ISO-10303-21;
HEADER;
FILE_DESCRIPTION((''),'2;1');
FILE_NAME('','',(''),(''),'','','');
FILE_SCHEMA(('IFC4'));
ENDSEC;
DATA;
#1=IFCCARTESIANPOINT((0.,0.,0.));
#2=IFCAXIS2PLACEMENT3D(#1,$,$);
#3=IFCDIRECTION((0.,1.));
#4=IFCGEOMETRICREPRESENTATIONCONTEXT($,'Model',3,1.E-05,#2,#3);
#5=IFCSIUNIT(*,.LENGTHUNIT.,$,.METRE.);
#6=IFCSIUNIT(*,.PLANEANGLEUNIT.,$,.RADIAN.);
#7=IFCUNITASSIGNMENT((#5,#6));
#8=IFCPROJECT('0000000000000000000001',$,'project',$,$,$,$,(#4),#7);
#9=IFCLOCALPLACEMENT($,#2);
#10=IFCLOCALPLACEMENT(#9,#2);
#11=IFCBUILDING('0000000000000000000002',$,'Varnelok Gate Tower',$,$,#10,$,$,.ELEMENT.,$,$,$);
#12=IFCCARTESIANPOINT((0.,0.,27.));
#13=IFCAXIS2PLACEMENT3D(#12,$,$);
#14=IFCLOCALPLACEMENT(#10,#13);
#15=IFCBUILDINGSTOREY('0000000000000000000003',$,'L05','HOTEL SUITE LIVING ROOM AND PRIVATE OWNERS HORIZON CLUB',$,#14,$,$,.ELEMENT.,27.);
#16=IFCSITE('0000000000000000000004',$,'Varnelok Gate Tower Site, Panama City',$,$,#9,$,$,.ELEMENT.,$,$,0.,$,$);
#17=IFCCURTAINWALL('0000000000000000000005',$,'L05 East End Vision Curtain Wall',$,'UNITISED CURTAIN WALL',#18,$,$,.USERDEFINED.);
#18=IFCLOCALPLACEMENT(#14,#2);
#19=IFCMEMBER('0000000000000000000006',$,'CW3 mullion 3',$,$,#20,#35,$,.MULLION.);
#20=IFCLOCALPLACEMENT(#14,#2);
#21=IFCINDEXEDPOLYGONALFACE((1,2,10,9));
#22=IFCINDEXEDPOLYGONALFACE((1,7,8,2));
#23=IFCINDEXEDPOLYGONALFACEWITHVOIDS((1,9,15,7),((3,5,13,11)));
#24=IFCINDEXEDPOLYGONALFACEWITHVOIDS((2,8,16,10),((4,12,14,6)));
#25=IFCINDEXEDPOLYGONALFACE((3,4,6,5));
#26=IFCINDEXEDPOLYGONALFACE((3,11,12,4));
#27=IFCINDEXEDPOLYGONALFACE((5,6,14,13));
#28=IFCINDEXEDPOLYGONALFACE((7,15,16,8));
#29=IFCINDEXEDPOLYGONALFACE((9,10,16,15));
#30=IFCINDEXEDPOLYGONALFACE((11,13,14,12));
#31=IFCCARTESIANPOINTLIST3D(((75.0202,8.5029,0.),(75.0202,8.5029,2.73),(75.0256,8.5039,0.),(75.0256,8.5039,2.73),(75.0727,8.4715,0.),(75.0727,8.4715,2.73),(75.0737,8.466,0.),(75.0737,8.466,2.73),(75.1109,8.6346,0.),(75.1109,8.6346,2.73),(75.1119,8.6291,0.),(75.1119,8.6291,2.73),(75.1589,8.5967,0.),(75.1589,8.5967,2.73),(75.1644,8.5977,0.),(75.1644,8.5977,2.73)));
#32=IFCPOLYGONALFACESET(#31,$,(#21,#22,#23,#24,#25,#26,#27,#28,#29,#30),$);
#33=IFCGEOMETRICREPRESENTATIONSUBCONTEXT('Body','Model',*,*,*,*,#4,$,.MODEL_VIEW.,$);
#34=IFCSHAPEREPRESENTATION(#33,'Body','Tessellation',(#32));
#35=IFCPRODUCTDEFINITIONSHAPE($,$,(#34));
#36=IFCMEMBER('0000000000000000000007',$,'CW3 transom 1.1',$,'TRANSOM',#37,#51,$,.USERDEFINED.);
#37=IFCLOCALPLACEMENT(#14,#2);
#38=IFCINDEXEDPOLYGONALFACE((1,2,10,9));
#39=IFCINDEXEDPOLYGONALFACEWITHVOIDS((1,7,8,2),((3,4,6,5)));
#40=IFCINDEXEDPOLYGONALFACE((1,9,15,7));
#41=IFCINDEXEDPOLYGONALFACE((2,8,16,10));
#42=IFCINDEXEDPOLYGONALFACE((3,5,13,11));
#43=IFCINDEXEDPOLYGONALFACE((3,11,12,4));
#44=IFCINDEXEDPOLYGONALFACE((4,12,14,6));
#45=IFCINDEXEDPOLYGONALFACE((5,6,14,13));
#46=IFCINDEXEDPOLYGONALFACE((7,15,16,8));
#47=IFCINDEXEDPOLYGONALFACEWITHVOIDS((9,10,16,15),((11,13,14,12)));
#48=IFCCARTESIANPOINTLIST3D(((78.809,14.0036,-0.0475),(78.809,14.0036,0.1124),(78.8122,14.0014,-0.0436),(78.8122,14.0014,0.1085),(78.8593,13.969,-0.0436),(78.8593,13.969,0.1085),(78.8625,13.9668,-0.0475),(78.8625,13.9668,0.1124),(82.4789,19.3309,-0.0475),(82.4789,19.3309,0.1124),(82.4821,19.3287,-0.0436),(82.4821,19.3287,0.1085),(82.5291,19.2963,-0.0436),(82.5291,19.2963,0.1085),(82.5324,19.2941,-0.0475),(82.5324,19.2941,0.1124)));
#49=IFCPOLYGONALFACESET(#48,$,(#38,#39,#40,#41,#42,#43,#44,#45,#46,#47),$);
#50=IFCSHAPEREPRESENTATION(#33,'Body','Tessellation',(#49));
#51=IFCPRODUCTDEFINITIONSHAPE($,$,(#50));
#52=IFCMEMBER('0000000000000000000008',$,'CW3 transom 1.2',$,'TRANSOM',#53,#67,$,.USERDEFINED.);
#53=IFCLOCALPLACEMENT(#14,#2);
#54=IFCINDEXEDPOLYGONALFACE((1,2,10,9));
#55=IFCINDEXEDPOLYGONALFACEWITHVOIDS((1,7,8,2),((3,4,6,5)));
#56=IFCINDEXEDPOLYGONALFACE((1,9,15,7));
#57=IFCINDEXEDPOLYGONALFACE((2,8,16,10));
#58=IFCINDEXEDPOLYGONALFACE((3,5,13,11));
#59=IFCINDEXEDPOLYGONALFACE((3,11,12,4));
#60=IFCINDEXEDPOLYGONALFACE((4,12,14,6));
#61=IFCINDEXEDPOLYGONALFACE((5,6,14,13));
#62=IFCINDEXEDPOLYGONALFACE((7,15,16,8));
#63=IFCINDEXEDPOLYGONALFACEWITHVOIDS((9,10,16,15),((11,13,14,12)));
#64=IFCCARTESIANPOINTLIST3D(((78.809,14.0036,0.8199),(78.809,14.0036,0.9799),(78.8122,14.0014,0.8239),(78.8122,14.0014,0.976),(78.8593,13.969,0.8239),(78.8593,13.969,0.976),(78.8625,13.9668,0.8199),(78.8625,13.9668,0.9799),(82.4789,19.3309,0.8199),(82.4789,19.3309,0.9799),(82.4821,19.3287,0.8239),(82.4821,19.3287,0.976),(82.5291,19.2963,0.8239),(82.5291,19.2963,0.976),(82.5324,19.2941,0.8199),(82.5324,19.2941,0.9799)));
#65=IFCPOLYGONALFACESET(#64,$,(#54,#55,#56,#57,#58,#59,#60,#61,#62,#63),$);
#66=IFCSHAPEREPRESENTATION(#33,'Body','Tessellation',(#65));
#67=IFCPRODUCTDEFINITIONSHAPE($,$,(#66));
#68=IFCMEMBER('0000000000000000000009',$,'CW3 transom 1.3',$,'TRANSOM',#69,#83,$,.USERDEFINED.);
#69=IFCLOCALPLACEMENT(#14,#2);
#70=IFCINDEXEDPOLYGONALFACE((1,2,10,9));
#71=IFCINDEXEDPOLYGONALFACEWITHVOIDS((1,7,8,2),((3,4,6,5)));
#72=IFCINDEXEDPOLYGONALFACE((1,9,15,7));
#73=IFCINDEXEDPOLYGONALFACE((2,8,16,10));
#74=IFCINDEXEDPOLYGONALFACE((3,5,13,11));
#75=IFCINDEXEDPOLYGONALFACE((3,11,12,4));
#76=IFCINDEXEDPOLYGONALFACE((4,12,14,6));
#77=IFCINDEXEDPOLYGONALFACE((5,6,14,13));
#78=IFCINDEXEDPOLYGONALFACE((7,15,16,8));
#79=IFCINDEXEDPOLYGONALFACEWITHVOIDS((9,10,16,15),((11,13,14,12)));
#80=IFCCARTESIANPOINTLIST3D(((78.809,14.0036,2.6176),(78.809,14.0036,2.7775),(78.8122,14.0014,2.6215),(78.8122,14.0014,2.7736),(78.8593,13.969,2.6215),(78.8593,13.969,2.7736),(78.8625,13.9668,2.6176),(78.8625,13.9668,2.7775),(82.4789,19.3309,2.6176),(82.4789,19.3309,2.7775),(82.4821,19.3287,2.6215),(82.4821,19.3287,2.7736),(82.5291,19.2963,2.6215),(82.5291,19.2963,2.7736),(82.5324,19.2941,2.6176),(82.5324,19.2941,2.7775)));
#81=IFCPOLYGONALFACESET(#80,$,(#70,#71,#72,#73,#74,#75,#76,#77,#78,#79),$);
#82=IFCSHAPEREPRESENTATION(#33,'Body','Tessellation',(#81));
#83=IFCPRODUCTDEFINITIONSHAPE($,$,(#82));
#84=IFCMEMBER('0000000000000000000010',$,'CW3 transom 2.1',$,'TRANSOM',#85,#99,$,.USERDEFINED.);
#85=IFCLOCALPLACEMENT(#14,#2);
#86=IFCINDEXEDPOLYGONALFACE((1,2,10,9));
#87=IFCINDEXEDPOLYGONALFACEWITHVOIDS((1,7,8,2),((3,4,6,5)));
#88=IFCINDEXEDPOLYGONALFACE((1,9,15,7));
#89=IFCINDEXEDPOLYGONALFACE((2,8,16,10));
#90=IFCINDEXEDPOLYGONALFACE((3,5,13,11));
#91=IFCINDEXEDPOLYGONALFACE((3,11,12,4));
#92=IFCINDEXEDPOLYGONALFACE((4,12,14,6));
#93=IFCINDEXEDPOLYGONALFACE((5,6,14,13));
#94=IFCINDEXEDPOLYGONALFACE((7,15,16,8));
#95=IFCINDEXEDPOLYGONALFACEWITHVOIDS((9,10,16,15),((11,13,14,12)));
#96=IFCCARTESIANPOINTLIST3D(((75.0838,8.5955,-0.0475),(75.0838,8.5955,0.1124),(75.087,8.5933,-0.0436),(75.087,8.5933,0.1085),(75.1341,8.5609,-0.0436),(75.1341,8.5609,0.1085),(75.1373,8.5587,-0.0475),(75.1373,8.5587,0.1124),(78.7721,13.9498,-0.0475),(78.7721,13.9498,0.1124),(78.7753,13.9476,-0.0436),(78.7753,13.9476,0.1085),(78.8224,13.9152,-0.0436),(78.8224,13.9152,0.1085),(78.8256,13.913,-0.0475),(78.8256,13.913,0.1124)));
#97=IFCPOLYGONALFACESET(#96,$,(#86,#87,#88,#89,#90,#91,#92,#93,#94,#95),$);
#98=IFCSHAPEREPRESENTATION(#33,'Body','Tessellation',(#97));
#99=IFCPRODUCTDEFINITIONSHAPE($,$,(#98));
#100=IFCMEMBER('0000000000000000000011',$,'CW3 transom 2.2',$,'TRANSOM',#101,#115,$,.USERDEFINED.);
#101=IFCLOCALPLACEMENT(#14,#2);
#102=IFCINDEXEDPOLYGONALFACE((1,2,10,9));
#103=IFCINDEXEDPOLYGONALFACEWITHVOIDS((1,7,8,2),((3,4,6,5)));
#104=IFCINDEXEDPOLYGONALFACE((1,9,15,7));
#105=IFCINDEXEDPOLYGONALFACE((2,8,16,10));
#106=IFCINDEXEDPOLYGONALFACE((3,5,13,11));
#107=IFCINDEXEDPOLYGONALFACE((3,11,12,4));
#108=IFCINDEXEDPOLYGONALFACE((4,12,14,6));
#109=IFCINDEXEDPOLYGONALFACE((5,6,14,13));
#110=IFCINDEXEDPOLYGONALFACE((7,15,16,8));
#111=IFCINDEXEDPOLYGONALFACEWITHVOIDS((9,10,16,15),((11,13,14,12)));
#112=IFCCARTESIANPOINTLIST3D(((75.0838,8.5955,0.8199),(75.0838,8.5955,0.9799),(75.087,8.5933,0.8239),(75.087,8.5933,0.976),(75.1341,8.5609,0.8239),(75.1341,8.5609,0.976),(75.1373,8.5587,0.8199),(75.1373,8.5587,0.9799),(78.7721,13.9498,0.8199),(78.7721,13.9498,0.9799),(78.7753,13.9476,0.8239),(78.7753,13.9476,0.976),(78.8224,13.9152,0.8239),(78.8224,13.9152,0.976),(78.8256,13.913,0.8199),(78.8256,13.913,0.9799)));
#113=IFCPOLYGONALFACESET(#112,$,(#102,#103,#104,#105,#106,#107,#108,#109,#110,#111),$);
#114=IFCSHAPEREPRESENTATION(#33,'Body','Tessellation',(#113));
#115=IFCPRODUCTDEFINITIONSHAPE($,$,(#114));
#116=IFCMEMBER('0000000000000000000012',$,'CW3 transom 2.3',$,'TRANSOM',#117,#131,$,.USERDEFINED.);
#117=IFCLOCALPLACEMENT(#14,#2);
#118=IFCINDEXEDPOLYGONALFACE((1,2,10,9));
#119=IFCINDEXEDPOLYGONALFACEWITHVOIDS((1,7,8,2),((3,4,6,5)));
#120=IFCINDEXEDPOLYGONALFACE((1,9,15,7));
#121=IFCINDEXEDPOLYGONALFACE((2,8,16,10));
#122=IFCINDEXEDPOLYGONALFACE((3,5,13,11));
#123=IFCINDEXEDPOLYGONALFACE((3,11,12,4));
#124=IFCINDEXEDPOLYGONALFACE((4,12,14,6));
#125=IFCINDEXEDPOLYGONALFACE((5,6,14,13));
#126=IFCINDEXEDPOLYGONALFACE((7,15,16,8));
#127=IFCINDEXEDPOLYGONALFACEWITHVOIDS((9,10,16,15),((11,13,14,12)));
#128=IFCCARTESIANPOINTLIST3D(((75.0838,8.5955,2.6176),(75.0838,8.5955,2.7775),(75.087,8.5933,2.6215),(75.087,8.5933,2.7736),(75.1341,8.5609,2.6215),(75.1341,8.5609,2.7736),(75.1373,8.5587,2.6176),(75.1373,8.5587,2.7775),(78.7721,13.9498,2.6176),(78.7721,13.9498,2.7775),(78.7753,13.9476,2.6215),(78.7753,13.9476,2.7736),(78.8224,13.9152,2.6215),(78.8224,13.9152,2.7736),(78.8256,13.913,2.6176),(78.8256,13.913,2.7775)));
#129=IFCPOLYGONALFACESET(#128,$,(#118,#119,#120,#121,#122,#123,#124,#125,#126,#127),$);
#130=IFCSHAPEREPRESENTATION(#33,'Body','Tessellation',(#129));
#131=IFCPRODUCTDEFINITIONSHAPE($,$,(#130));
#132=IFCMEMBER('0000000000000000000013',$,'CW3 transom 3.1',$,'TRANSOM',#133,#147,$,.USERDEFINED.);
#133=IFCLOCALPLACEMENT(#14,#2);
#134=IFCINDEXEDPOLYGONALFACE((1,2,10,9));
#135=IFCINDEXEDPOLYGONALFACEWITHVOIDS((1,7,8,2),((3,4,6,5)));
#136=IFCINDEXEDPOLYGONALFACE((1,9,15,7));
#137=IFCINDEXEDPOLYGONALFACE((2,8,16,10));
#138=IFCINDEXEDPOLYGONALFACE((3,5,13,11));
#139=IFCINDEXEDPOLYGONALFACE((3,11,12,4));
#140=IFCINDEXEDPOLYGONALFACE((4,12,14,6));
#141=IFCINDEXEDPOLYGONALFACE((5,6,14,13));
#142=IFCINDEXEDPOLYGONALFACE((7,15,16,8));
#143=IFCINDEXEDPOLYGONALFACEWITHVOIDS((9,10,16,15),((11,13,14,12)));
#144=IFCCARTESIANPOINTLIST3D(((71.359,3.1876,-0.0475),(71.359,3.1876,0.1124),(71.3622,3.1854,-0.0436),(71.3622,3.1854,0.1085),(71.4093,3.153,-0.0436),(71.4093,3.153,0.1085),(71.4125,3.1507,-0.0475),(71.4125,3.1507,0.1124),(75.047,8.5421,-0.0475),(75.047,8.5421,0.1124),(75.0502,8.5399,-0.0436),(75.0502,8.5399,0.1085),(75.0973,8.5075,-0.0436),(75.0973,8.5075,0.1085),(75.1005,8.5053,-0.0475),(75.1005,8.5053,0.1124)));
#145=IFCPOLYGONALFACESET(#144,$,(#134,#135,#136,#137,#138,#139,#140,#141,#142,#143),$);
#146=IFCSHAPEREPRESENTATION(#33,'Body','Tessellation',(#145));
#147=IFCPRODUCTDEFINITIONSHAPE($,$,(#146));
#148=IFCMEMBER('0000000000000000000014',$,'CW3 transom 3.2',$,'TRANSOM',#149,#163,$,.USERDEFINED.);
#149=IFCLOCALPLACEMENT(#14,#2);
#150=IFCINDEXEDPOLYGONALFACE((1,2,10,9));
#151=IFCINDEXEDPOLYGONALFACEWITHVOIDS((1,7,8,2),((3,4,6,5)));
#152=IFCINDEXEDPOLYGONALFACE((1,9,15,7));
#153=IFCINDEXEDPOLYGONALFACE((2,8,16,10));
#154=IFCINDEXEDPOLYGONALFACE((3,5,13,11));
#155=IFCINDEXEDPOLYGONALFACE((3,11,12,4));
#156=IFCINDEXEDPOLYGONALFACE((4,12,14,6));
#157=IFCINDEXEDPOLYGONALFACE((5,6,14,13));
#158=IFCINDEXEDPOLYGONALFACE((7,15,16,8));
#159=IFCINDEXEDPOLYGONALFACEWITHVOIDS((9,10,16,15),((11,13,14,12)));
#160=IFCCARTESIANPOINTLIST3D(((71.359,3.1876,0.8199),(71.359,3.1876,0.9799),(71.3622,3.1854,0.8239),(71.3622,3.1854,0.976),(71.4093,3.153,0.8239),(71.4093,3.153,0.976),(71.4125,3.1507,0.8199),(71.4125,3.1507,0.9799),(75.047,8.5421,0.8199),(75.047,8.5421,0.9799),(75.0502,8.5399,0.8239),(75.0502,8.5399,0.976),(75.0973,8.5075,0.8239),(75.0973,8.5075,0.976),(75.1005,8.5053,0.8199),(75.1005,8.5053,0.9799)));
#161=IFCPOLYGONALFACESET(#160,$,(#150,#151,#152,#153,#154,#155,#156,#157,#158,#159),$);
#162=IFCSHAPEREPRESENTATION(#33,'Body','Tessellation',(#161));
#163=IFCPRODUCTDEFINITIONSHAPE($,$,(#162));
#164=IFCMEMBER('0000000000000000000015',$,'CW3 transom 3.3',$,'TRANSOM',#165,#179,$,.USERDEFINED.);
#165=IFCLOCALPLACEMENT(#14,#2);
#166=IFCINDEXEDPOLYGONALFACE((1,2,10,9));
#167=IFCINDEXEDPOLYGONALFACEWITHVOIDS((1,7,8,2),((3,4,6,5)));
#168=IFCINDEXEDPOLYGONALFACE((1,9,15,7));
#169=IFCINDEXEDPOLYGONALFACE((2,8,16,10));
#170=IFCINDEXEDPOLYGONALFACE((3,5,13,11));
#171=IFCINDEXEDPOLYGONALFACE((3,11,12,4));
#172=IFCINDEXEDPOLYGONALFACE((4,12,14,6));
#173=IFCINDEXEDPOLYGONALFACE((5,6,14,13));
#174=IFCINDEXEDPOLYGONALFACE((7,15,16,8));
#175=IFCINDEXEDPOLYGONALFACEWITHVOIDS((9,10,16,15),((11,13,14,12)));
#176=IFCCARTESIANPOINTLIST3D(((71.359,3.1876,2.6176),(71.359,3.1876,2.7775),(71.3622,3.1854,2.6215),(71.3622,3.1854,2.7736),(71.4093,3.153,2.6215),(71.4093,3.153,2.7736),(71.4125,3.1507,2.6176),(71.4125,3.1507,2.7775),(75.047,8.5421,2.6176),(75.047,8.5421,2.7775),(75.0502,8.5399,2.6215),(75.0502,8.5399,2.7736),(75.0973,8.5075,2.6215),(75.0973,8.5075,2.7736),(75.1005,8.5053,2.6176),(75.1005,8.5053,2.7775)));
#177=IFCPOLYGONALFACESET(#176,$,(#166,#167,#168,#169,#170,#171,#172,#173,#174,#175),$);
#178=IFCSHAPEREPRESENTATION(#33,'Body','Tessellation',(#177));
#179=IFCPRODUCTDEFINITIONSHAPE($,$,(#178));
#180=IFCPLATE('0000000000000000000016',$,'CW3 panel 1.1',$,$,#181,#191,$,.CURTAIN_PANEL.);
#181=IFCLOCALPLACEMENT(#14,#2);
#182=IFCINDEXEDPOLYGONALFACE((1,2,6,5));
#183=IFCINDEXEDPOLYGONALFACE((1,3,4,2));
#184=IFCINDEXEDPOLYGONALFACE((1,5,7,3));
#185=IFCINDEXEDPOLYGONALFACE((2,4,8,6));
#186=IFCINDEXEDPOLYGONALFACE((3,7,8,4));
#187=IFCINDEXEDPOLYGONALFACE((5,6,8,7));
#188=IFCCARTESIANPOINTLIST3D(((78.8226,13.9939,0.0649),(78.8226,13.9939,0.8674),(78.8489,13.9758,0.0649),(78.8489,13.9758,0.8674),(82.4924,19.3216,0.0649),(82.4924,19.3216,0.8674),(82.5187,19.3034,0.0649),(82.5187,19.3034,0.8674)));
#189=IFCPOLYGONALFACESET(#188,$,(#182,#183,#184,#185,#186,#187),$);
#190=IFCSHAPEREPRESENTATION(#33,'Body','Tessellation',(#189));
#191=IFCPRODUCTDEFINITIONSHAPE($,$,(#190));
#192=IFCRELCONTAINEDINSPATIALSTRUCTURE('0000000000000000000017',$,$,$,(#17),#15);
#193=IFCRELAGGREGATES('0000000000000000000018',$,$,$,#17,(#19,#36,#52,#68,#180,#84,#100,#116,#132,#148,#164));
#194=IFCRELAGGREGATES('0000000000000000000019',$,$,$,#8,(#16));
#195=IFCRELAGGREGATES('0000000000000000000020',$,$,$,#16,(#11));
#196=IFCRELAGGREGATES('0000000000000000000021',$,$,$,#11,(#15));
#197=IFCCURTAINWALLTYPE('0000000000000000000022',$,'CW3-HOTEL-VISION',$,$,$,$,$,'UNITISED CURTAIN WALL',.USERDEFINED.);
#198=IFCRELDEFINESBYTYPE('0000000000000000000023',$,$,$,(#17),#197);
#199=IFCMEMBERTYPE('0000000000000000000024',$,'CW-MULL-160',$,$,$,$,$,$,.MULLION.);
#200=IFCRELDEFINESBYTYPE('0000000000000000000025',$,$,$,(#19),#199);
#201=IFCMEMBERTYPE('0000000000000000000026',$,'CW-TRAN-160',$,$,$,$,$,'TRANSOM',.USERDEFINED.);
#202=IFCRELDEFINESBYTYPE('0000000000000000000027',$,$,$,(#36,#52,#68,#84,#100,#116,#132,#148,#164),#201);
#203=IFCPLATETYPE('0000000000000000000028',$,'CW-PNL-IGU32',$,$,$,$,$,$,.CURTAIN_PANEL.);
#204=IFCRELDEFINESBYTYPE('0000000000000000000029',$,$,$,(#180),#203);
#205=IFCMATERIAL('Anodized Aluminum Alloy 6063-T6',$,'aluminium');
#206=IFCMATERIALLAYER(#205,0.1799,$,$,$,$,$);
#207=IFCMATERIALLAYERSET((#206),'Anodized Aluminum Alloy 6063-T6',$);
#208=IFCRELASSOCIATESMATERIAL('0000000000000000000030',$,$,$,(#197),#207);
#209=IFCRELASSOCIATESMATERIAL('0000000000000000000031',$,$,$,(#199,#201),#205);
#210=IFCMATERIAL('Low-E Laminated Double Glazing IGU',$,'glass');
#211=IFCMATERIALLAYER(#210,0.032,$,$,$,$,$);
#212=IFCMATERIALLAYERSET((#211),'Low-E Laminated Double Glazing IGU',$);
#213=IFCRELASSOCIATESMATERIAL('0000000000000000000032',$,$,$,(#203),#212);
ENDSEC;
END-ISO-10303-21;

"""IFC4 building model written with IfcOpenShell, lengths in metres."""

from ifc_helpers import new_model, si_unit, direction, frame, origin, origin_2d, place, context, subcontext, project, spatial, rectangle, hollow_rectangle, extrude, source, transform, mapped, material, layer, layer_set, material_profile, profile_set, type_object, element, aggregate, save


model = new_model("IFC4")

# Units and contexts
model_context = context("Model", 3, precision=1e-05, world=origin(), true_north=direction((0.0, 1.0)))
body_context = subcontext(model_context, "Body", "Model", "MODEL_VIEW")
ifc_project = project(units=[si_unit("LENGTHUNIT", "METRE"), si_unit("PLANEANGLEUNIT", "RADIAN")], contexts=[model_context])

# Site, building, storey
site_placement = place(None, origin())
site = spatial("IfcSite", under=ifc_project, at=site_placement, Name="Varnelok Gate Tower Site, Panama City", CompositionType="ELEMENT", RefElevation=0.0)
building_placement = place(site_placement, origin())
building = spatial("IfcBuilding", under=site, at=building_placement, Name="Varnelok Gate Tower", CompositionType="ELEMENT")
storey_placement = place(building_placement, frame((0.0, 0.0, 27.0)))
storey = spatial("IfcBuildingStorey", under=building, at=storey_placement, Name="L05", Description="HOTEL SUITE LIVING ROOM AND PRIVATE OWNERS HORIZON CLUB", CompositionType="ELEMENT", Elevation=27.0)

# Curtain wall, members, plate
ifc_material_1 = material(Name="Anodized Aluminum Alloy 6063-T6", Category="aluminium")
ifc_layer_1 = layer(ifc_material_1, 0.1799)
ifc_layer_set_1 = layer_set([ifc_layer_1], Name="Anodized Aluminum Alloy 6063-T6")
curtain_wall_type = type_object("IfcCurtainWallType", Name="CW3-HOTEL-VISION", ElementType="UNITISED CURTAIN WALL", PredefinedType="USERDEFINED", material=ifc_layer_set_1)
curtain_wall_placement = place(storey_placement, origin())
curtain_wall = element("IfcCurtainWall", 1, at=curtain_wall_placement, inside=storey, type_object=curtain_wall_type, Name="L05 East End Vision Curtain Wall", ObjectType="UNITISED CURTAIN WALL", PredefinedType="USERDEFINED")
ifc_material_profile_1 = material_profile(ifc_material_1, hollow_rectangle(XDim=0.0649, YDim=0.1599, WallThickness=0.0039, at=origin_2d()), Name="ALU160X65X4")
ifc_profile_set_1 = profile_set([ifc_material_profile_1], Name="Anodized Aluminum Alloy 6063-T6")
member_type_1 = type_object("IfcMemberType", Name="CW-MULL-160", PredefinedType="MULLION", material=ifc_profile_set_1)
member_1_placement = place(storey_placement, frame((75.0923, 8.5503, 0.0), z_axis=(0.0, 0.0, 1.0), x_axis=(0.823533, -0.567269, 0.0)))
member_1 = element("IfcMember", 2, at=member_1_placement, type_object=member_type_1, Name="CW3 mullion 3", PredefinedType="MULLION", context=body_context, shape_type="SweptSolid", body=[
    extrude(hollow_rectangle(XDim=0.0649, YDim=0.1599, WallThickness=0.0039, at=origin_2d()), origin(), (0.0, 0.0, 1.0), 2.73),
])
ifc_material_profile_2 = material_profile(ifc_material_1, hollow_rectangle(XDim=0.0649, YDim=0.1599, WallThickness=0.0039, at=origin_2d()), Name="ALU160X65X4")
ifc_profile_set_2 = profile_set([ifc_material_profile_2], Name="Anodized Aluminum Alloy 6063-T6")
member_type_2 = type_object("IfcMemberType", Name="CW-TRAN-160", ElementType="TRANSOM", PredefinedType="USERDEFINED", material=ifc_profile_set_2)
member_2_placement = place(storey_placement, frame((82.5056, 19.3125, 0.0325), z_axis=(-0.567299, -0.823512, 0.0), x_axis=(0.823512, -0.567299, 0.0)))
member_2 = element("IfcMember", 3, at=member_2_placement, type_object=member_type_2, Name="CW3 transom 1.1", ObjectType="TRANSOM", PredefinedType="USERDEFINED", context=body_context, shape_type="SweptSolid", body=[
    extrude(hollow_rectangle(XDim=0.0649, YDim=0.1599, WallThickness=0.0039, at=origin_2d()), origin(), (0.0, 0.0, 1.0), 6.469),
])
member_3_placement = place(storey_placement, frame((82.5056, 19.3125, 0.8999), z_axis=(-0.567299, -0.823512, 0.0), x_axis=(0.823512, -0.567299, 0.0)))
member_3 = element("IfcMember", 4, at=member_3_placement, type_object=member_type_2, Name="CW3 transom 1.2", ObjectType="TRANSOM", PredefinedType="USERDEFINED", context=body_context, shape_type="SweptSolid", body=[
    extrude(hollow_rectangle(XDim=0.0649, YDim=0.1599, WallThickness=0.0039, at=origin_2d()), origin(), (0.0, 0.0, 1.0), 6.469),
])
member_4_placement = place(storey_placement, frame((82.5056, 19.3125, 2.6975), z_axis=(-0.567299, -0.823512, 0.0), x_axis=(0.823512, -0.567299, 0.0)))
member_4 = element("IfcMember", 5, at=member_4_placement, type_object=member_type_2, Name="CW3 transom 1.3", ObjectType="TRANSOM", PredefinedType="USERDEFINED", context=body_context, shape_type="SweptSolid", body=[
    extrude(hollow_rectangle(XDim=0.0649, YDim=0.1599, WallThickness=0.0039, at=origin_2d()), origin(), (0.0, 0.0, 1.0), 6.469),
])
member_5_placement = place(storey_placement, frame((78.7988, 13.9314, 0.0325), z_axis=(-0.567279, -0.823526, 0.0), x_axis=(0.823526, -0.567279, 0.0)))
member_5 = element("IfcMember", 6, at=member_5_placement, type_object=member_type_2, Name="CW3 transom 2.1", ObjectType="TRANSOM", PredefinedType="USERDEFINED", context=body_context, shape_type="SweptSolid", body=[
    extrude(hollow_rectangle(XDim=0.0649, YDim=0.1599, WallThickness=0.0039, at=origin_2d()), origin(), (0.0, 0.0, 1.0), 6.5017),
])
member_6_placement = place(storey_placement, frame((78.7988, 13.9314, 0.8999), z_axis=(-0.567279, -0.823526, 0.0), x_axis=(0.823526, -0.567279, 0.0)))
member_6 = element("IfcMember", 7, at=member_6_placement, type_object=member_type_2, Name="CW3 transom 2.2", ObjectType="TRANSOM", PredefinedType="USERDEFINED", context=body_context, shape_type="SweptSolid", body=[
    extrude(hollow_rectangle(XDim=0.0649, YDim=0.1599, WallThickness=0.0039, at=origin_2d()), origin(), (0.0, 0.0, 1.0), 6.5017),
])
member_7_placement = place(storey_placement, frame((78.7988, 13.9314, 2.6975), z_axis=(-0.567279, -0.823526, 0.0), x_axis=(0.823526, -0.567279, 0.0)))
member_7 = element("IfcMember", 8, at=member_7_placement, type_object=member_type_2, Name="CW3 transom 2.3", ObjectType="TRANSOM", PredefinedType="USERDEFINED", context=body_context, shape_type="SweptSolid", body=[
    extrude(hollow_rectangle(XDim=0.0649, YDim=0.1599, WallThickness=0.0039, at=origin_2d()), origin(), (0.0, 0.0, 1.0), 6.5017),
])
member_8_placement = place(storey_placement, frame((75.0737, 8.5237, 0.0325), z_axis=(-0.567236, -0.823555, 0.0), x_axis=(0.823555, -0.567236, 0.0)))
member_8 = element("IfcMember", 9, at=member_8_placement, type_object=member_type_2, Name="CW3 transom 3.1", ObjectType="TRANSOM", PredefinedType="USERDEFINED", context=body_context, shape_type="SweptSolid", body=[
    extrude(hollow_rectangle(XDim=0.0649, YDim=0.1599, WallThickness=0.0039, at=origin_2d()), origin(), (0.0, 0.0, 1.0), 6.5017),
])
member_9_placement = place(storey_placement, frame((75.0737, 8.5237, 0.8999), z_axis=(-0.567236, -0.823555, 0.0), x_axis=(0.823555, -0.567236, 0.0)))
member_9 = element("IfcMember", 10, at=member_9_placement, type_object=member_type_2, Name="CW3 transom 3.2", ObjectType="TRANSOM", PredefinedType="USERDEFINED", context=body_context, shape_type="SweptSolid", body=[
    extrude(hollow_rectangle(XDim=0.0649, YDim=0.1599, WallThickness=0.0039, at=origin_2d()), origin(), (0.0, 0.0, 1.0), 6.5017),
])
member_10_placement = place(storey_placement, frame((75.0737, 8.5237, 2.6975), z_axis=(-0.567236, -0.823555, 0.0), x_axis=(0.823555, -0.567236, 0.0)))
member_10 = element("IfcMember", 11, at=member_10_placement, type_object=member_type_2, Name="CW3 transom 3.3", ObjectType="TRANSOM", PredefinedType="USERDEFINED", context=body_context, shape_type="SweptSolid", body=[
    extrude(hollow_rectangle(XDim=0.0649, YDim=0.1599, WallThickness=0.0039, at=origin_2d()), origin(), (0.0, 0.0, 1.0), 6.5017),
])
ifc_material_2 = material(Name="Low-E Laminated Double Glazing IGU", Category="glass")
ifc_layer_2 = layer(ifc_material_2, 0.032)
ifc_layer_set_2 = layer_set([ifc_layer_2], Name="Low-E Laminated Double Glazing IGU")
plate_type = type_object("IfcPlateType", Name="CW-PNL-IGU32", PredefinedType="CURTAIN_PANEL", material=ifc_layer_set_2)
shared_shape_1 = source(origin(), body_context, "Body", "SweptSolid", [
    extrude(rectangle(XDim=6.4692, YDim=0.032, at=origin_2d()), origin(), (0.0, 0.0, 1.0), 0.8025),
])
plate_1_placement = place(storey_placement, frame((80.6707, 16.6487, 0.0649), z_axis=(0.0, 0.0, 1.0), x_axis=(-0.567269, -0.823533, 0.0)))
plate_1 = element("IfcPlate", 12, at=plate_1_placement, type_object=plate_type, Name="CW3 panel 1.1", PredefinedType="CURTAIN_PANEL", context=body_context, shape_type="MappedRepresentation", body=[
    mapped(shared_shape_1, transform((0.0, 0.0, 0.0), scale=1.0)),
])
aggregate(curtain_wall, [member_1, member_2, member_3, member_4, plate_1, member_5, member_6, member_7, member_8, member_9, member_10])

save(model, "model.ifc")
